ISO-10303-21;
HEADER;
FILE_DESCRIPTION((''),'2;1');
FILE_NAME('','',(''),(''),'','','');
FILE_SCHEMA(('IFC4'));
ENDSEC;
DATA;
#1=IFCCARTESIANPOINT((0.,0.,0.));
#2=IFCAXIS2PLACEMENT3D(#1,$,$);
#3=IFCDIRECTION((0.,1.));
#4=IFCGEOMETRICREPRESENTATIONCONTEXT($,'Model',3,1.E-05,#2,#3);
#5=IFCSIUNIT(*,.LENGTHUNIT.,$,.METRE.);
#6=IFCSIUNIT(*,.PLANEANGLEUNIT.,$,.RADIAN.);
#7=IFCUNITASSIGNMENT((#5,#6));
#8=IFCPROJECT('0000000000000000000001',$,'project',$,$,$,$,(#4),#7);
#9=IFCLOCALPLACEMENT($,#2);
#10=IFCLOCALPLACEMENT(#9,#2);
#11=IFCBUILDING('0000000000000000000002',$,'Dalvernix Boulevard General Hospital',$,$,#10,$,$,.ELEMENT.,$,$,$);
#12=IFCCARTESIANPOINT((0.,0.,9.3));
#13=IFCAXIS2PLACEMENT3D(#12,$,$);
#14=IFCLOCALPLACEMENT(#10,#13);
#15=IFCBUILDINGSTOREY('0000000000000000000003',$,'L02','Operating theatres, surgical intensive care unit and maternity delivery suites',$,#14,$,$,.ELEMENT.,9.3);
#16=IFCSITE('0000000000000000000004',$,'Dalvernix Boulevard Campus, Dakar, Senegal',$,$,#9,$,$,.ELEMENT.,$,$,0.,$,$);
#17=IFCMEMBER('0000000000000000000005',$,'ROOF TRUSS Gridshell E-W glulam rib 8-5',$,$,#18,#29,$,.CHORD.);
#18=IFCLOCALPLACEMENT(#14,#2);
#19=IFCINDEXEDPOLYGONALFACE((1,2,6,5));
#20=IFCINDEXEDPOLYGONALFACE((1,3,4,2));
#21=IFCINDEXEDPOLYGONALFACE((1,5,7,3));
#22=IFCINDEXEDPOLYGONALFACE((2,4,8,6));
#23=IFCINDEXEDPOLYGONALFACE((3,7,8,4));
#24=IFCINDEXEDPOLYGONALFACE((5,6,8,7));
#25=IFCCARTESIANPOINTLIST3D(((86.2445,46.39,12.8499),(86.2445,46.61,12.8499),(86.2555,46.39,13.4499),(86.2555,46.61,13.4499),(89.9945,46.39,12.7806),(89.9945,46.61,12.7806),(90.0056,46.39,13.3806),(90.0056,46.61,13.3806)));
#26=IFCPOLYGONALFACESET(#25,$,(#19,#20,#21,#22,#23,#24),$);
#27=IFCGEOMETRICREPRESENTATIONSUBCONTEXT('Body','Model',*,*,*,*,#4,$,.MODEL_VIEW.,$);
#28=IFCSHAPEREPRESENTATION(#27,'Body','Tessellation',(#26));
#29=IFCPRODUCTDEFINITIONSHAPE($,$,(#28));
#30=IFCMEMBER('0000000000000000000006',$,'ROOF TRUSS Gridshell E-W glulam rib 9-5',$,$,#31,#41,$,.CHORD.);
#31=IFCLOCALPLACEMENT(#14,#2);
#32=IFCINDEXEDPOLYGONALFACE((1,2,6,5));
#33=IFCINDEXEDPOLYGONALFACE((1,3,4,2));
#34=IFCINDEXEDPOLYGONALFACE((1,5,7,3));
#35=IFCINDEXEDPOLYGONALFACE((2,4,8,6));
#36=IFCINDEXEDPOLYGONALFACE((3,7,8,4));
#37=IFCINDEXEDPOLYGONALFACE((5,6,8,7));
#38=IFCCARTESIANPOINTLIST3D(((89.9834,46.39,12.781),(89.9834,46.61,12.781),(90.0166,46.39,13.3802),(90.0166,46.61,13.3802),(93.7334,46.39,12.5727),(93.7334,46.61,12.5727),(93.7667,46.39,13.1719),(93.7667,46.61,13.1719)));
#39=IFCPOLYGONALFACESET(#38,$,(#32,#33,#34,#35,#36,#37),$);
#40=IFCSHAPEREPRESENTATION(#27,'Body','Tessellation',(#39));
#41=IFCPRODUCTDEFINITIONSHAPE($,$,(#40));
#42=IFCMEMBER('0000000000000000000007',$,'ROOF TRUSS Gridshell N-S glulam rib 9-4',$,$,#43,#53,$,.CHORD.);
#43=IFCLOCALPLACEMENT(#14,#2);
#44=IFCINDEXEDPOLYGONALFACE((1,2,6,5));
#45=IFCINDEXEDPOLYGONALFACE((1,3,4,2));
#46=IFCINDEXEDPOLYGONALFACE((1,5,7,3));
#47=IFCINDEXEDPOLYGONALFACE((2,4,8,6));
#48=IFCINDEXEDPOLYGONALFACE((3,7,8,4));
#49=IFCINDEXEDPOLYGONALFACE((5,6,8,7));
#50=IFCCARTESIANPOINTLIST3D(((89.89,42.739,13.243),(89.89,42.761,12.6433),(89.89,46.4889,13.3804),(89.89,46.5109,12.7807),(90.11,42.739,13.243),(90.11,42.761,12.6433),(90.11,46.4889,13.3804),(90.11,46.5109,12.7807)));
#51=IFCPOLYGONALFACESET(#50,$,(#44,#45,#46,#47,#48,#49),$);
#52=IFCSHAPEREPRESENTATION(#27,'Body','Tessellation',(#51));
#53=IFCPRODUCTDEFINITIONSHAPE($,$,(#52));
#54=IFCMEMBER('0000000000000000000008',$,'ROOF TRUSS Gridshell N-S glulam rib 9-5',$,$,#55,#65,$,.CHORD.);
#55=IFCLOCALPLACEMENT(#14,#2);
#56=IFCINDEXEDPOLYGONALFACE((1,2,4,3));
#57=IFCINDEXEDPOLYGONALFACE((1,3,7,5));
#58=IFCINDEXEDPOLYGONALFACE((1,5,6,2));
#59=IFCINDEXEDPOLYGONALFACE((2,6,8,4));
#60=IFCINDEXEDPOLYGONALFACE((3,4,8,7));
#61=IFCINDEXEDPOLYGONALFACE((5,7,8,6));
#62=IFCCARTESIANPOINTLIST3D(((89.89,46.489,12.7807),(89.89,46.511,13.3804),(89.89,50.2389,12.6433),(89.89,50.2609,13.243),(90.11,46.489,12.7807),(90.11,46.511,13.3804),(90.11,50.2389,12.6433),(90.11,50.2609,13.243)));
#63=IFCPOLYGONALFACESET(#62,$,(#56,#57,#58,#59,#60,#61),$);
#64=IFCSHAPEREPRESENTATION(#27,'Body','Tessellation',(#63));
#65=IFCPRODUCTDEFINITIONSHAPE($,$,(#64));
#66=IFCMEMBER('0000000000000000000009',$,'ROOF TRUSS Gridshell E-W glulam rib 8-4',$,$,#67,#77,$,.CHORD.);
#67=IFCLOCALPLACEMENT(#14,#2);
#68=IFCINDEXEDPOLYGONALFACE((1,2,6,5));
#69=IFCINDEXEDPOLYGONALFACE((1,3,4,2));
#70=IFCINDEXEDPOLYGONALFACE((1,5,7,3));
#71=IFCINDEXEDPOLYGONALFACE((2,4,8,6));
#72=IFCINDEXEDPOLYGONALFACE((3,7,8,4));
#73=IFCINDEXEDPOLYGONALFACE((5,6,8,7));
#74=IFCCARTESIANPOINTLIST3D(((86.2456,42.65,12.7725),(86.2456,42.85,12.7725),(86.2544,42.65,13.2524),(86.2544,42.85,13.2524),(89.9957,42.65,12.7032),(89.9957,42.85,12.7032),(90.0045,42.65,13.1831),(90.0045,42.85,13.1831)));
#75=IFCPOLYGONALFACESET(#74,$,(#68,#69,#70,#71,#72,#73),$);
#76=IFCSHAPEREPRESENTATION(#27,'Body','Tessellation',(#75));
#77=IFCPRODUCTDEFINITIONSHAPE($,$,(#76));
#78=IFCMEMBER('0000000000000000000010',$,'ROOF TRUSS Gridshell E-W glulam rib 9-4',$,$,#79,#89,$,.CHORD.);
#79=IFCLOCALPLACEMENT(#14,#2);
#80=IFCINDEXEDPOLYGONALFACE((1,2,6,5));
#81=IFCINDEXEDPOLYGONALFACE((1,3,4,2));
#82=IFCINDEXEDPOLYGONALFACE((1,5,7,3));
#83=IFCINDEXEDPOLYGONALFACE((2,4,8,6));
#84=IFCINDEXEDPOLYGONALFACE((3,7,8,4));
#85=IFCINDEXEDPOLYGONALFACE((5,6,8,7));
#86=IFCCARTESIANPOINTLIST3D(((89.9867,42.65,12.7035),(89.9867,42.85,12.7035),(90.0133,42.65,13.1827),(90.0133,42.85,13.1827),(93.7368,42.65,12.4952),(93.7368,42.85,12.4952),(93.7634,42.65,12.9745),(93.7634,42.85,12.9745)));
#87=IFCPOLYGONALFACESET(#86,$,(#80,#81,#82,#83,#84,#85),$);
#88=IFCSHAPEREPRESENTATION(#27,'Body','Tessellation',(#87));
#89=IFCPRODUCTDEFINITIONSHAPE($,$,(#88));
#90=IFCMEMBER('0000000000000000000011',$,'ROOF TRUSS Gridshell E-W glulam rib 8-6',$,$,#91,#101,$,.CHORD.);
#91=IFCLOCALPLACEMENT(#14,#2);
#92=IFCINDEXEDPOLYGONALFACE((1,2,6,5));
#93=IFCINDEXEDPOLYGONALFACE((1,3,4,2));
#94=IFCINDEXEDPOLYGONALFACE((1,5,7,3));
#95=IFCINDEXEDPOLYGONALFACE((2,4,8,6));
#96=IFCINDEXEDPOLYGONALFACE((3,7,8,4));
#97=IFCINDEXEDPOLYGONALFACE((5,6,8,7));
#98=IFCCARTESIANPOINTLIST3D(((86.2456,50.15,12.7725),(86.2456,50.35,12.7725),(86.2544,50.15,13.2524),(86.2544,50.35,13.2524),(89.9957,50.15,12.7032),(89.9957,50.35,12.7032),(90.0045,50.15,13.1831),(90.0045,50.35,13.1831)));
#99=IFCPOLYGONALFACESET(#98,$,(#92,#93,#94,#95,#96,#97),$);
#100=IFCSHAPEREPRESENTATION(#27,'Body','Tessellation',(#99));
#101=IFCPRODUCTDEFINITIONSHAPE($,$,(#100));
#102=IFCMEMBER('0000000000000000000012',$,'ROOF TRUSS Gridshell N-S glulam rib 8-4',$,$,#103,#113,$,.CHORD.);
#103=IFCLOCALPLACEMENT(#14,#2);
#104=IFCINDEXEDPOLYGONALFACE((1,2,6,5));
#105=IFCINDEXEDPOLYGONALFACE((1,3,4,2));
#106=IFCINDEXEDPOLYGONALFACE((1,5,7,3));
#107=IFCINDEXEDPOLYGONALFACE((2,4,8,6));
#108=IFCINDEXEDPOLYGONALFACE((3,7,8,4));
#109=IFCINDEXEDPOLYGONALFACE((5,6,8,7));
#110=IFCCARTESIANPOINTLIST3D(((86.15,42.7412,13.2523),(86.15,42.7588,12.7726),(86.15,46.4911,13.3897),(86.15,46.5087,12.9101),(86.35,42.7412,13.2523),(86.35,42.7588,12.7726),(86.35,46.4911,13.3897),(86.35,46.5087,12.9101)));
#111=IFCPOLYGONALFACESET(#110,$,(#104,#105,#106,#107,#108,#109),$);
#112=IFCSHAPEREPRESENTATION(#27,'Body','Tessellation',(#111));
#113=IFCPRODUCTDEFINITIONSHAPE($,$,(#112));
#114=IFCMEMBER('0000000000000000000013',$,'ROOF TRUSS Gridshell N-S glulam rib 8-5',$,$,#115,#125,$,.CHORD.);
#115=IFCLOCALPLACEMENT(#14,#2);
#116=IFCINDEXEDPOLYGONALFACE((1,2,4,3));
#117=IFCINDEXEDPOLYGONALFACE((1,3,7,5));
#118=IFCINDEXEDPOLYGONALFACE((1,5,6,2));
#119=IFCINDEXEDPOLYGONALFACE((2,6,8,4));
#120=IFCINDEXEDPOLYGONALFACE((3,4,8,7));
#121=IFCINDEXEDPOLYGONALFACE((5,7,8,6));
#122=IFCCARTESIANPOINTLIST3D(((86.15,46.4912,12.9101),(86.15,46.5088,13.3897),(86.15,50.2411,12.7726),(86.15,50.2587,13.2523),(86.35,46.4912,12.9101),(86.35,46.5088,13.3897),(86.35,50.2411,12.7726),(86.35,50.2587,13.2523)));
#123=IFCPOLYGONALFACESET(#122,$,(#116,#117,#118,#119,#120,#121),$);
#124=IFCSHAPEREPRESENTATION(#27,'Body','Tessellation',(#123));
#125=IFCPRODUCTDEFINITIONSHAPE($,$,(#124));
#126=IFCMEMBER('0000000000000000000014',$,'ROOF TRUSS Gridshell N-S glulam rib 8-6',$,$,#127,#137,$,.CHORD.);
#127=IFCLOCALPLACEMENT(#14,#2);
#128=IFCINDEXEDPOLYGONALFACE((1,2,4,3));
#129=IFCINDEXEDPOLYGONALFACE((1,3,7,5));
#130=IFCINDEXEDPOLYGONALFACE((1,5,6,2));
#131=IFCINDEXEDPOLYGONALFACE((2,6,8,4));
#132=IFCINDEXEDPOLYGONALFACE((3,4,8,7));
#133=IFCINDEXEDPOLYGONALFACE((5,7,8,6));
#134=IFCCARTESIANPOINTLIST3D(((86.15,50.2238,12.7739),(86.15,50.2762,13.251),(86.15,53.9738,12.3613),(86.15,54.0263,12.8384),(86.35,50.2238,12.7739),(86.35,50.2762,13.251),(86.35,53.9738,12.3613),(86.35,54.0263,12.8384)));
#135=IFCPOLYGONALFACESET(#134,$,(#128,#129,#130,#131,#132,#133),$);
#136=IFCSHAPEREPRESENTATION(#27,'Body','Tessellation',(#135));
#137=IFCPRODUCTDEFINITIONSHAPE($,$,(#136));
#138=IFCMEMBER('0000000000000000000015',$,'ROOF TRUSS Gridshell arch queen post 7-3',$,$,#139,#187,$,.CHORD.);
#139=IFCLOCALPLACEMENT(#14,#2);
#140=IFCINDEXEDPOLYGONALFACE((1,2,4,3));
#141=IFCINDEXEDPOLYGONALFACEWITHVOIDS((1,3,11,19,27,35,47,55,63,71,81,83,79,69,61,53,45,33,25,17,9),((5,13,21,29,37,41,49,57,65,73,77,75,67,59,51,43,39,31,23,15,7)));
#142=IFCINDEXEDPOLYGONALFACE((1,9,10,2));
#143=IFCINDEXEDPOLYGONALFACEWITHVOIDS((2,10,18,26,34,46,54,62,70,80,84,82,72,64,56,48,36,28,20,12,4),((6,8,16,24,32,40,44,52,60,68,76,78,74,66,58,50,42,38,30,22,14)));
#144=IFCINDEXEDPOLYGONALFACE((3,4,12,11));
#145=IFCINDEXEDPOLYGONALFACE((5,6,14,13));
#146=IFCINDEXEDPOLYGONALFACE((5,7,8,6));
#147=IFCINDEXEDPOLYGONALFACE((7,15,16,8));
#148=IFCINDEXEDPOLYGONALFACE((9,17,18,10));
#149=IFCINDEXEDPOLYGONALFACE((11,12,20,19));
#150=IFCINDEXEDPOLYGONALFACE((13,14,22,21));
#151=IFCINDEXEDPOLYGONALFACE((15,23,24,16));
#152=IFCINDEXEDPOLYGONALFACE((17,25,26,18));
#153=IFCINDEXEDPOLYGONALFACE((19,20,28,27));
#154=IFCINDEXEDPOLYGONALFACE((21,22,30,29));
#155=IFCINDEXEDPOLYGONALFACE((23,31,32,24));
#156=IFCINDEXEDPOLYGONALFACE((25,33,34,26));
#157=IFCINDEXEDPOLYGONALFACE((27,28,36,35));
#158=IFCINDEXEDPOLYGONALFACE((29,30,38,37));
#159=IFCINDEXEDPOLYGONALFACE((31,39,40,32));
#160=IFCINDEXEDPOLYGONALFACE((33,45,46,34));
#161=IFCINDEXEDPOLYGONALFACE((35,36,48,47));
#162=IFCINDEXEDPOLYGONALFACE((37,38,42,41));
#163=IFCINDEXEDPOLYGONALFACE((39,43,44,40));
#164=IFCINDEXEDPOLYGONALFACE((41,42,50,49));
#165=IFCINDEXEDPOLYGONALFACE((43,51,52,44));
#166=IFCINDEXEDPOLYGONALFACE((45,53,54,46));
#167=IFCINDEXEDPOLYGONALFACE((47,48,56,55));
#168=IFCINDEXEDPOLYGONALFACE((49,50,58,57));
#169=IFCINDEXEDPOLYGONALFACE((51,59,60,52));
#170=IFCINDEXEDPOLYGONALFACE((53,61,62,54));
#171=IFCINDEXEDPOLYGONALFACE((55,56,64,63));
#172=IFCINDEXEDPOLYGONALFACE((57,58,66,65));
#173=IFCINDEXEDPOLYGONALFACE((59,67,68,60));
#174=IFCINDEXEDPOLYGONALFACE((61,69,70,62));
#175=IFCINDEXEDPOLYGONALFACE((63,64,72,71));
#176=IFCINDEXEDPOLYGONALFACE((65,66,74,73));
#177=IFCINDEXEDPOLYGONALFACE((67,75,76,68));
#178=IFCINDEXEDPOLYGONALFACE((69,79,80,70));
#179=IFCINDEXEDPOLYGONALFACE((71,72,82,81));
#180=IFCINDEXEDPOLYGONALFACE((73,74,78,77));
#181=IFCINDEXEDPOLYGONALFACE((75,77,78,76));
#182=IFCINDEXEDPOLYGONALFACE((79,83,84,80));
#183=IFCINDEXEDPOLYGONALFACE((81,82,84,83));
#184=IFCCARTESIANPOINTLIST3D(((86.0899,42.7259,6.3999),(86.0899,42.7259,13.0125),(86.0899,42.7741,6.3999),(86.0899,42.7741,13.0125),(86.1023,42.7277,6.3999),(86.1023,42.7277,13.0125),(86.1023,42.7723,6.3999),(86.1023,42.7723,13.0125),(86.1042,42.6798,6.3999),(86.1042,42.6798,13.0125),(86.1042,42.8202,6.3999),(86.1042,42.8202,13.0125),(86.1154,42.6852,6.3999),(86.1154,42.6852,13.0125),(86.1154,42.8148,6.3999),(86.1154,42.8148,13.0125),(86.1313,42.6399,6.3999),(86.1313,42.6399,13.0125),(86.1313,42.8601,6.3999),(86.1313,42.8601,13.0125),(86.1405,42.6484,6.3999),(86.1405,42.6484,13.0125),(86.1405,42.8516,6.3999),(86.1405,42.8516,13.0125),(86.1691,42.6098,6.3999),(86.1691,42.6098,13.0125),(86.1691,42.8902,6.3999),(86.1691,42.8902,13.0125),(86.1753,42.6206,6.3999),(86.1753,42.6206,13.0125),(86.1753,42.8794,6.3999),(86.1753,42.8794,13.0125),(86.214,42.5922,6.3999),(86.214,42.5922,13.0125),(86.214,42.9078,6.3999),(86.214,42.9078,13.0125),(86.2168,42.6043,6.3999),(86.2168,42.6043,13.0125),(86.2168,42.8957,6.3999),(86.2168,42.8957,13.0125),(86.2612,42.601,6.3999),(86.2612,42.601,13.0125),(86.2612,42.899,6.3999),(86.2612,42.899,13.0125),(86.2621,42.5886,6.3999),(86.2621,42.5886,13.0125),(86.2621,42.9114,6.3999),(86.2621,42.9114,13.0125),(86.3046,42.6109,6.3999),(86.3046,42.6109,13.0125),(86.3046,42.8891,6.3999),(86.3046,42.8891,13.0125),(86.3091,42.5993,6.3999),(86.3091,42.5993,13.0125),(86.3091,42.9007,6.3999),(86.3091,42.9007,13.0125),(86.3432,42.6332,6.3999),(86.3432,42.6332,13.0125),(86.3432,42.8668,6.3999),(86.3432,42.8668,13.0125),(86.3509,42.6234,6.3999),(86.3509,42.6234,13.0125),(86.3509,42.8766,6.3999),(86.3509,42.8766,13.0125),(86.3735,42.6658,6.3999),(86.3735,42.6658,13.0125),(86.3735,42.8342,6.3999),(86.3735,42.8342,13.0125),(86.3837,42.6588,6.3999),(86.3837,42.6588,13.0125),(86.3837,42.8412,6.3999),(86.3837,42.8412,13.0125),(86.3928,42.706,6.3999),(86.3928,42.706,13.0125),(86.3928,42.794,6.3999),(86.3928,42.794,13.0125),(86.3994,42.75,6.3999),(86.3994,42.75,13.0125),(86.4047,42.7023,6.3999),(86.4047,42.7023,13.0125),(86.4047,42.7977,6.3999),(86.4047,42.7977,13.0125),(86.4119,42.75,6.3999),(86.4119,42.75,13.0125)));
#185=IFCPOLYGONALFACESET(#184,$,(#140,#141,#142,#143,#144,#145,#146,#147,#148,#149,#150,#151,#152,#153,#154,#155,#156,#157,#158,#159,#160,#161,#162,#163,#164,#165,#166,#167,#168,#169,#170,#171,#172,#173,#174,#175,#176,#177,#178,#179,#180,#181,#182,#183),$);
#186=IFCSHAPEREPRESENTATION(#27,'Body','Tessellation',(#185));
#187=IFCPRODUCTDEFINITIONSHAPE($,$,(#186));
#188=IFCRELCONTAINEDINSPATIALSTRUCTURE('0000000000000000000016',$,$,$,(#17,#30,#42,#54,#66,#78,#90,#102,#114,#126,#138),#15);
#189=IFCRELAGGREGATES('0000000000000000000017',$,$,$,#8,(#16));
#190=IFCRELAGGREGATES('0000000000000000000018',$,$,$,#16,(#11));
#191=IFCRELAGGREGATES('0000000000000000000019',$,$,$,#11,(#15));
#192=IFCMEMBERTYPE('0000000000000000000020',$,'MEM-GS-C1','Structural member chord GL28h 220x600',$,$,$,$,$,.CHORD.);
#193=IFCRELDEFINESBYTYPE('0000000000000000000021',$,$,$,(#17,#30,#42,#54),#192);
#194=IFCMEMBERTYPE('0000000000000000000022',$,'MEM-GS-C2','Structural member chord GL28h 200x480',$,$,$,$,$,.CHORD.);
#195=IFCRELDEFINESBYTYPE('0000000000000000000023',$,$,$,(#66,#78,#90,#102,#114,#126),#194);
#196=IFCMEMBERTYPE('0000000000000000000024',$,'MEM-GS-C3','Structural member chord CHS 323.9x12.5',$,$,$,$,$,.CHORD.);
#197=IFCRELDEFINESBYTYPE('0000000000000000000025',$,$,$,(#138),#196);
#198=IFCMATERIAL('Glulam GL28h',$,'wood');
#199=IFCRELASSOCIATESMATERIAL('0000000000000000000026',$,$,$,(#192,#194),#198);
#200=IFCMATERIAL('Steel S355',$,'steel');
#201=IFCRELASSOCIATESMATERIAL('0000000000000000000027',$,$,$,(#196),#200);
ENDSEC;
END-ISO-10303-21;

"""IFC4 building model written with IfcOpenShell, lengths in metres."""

from ifc_helpers import new_model, si_unit, direction, frame, origin, origin_2d, place, context, subcontext, project, spatial, rectangle, hollow_circle, extrude, material, material_profile, profile_set, type_object, element, save


model = new_model("IFC4")

# Units and contexts
model_context = context("Model", 3, precision=1e-05, world=origin(), true_north=direction((0.0, 1.0)))
body_context = subcontext(model_context, "Body", "Model", "MODEL_VIEW")
ifc_project = project(units=[si_unit("LENGTHUNIT", "METRE"), si_unit("PLANEANGLEUNIT", "RADIAN")], contexts=[model_context])

# Site, building, storey
site_placement = place(None, origin())
site = spatial("IfcSite", under=ifc_project, at=site_placement, Name="Dalvernix Boulevard Campus, Dakar, Senegal", CompositionType="ELEMENT", RefElevation=0.0)
building_placement = place(site_placement, origin())
building = spatial("IfcBuilding", under=site, at=building_placement, Name="Dalvernix Boulevard General Hospital", CompositionType="ELEMENT")
storey_placement = place(building_placement, frame((0.0, 0.0, 9.3)))
storey = spatial("IfcBuildingStorey", under=building, at=storey_placement, Name="L02", Description="Operating theatres, surgical intensive care unit and maternity delivery suites", CompositionType="ELEMENT", Elevation=9.3)

# Members
ifc_material_1 = material(Name="Glulam GL28h", Category="wood")
ifc_material_profile_1 = material_profile(ifc_material_1, rectangle(XDim=0.22, YDim=0.6001, at=origin_2d()), Name="GL28h 220x600")
ifc_profile_set_1 = profile_set([ifc_material_profile_1], Name="Glulam GL28h")
member_type_1 = type_object("IfcMemberType", Name="MEM-GS-C1", Description="Structural member chord GL28h 220x600", PredefinedType="CHORD", material=ifc_profile_set_1)
member_1_placement = place(storey_placement, frame((86.25, 46.5, 13.1499), z_axis=(0.999829, 0.0, -0.018486), x_axis=(0.0, 1.0, 0.0)))
element("IfcMember", 1, at=member_1_placement, inside=storey, type_object=member_type_1, Name="ROOF TRUSS Gridshell E-W glulam rib 8-5", PredefinedType="CHORD", context=body_context, shape_type="SweptSolid", body=[
    extrude(rectangle(XDim=0.22, YDim=0.6001, at=origin_2d()), origin(), (0.0, 0.0, 1.0), 3.7507),
])
member_2_placement = place(storey_placement, frame((90.0, 46.5, 13.0806), z_axis=(0.998462, 0.0, -0.055448), x_axis=(0.0, 1.0, 0.0)))
element("IfcMember", 2, at=member_2_placement, inside=storey, type_object=member_type_1, Name="ROOF TRUSS Gridshell E-W glulam rib 9-5", PredefinedType="CHORD", context=body_context, shape_type="SweptSolid", body=[
    extrude(rectangle(XDim=0.22, YDim=0.6001, at=origin_2d()), origin(), (0.0, 0.0, 1.0), 3.7559),
])
for number, where, z_axis, x_axis, name in (
    (3, (90.0, 42.75, 12.9431), (0.0, 0.999329, 0.036629), (-1.0, 0.0, 0.0), "ROOF TRUSS Gridshell N-S glulam rib 9-4"),
    (4, (90.0, 46.5, 13.0806), (0.0, 0.999329, -0.036629), (-1.0, 0.0, 0.0), "ROOF TRUSS Gridshell N-S glulam rib 9-5"),
):
    element("IfcMember", number, at=place(storey_placement, frame(where, z_axis=z_axis, x_axis=x_axis)), inside=storey, type_object=member_type_1, Name=name, PredefinedType="CHORD", context=body_context, shape_type="SweptSolid", body=[
        extrude(rectangle(XDim=0.22, YDim=0.6001, at=origin_2d()), origin(), (0.0, 0.0, 1.0), 3.7524),
    ])
ifc_material_profile_2 = material_profile(ifc_material_1, rectangle(XDim=0.2, YDim=0.48, at=origin_2d()), Name="GL28h 200x480")
ifc_profile_set_2 = profile_set([ifc_material_profile_2], Name="Glulam GL28h")
member_type_2 = type_object("IfcMemberType", Name="MEM-GS-C2", Description="Structural member chord GL28h 200x480", PredefinedType="CHORD", material=ifc_profile_set_2)
member_3_placement = place(storey_placement, frame((86.25, 42.75, 13.0125), z_axis=(0.999829, 0.0, -0.018486), x_axis=(0.0, 1.0, 0.0)))
element("IfcMember", 5, at=member_3_placement, inside=storey, type_object=member_type_2, Name="ROOF TRUSS Gridshell E-W glulam rib 8-4", PredefinedType="CHORD", context=body_context, shape_type="SweptSolid", body=[
    extrude(rectangle(XDim=0.2, YDim=0.48, at=origin_2d()), origin(), (0.0, 0.0, 1.0), 3.7507),
])
member_4_placement = place(storey_placement, frame((90.0, 42.75, 12.9431), z_axis=(0.998462, 0.0, -0.055448), x_axis=(0.0, 1.0, 0.0)))
element("IfcMember", 6, at=member_4_placement, inside=storey, type_object=member_type_2, Name="ROOF TRUSS Gridshell E-W glulam rib 9-4", PredefinedType="CHORD", context=body_context, shape_type="SweptSolid", body=[
    extrude(rectangle(XDim=0.2, YDim=0.48, at=origin_2d()), origin(), (0.0, 0.0, 1.0), 3.7559),
])
member_5_placement = place(storey_placement, frame((86.25, 50.25, 13.0125), z_axis=(0.999829, 0.0, -0.018486), x_axis=(0.0, 1.0, 0.0)))
element("IfcMember", 7, at=member_5_placement, inside=storey, type_object=member_type_2, Name="ROOF TRUSS Gridshell E-W glulam rib 8-6", PredefinedType="CHORD", context=body_context, shape_type="SweptSolid", body=[
    extrude(rectangle(XDim=0.2, YDim=0.48, at=origin_2d()), origin(), (0.0, 0.0, 1.0), 3.7507),
])
for number, where, z_axis, x_axis, name in (
    (8, (86.25, 42.75, 13.0125), (0.0, 0.999329, 0.036629), (-1.0, 0.0, 0.0), "ROOF TRUSS Gridshell N-S glulam rib 8-4"),
    (9, (86.25, 46.5, 13.1499), (0.0, 0.999329, -0.036629), (-1.0, 0.0, 0.0), "ROOF TRUSS Gridshell N-S glulam rib 8-5"),
):
    element("IfcMember", number, at=place(storey_placement, frame(where, z_axis=z_axis, x_axis=x_axis)), inside=storey, type_object=member_type_2, Name=name, PredefinedType="CHORD", context=body_context, shape_type="SweptSolid", body=[
        extrude(rectangle(XDim=0.2, YDim=0.48, at=origin_2d()), origin(), (0.0, 0.0, 1.0), 3.7524),
    ])
member_6_placement = place(storey_placement, frame((86.25, 50.25, 13.0125), z_axis=(0.0, 0.994002, -0.109366), x_axis=(-1.0, 0.0, 0.0)))
element("IfcMember", 10, at=member_6_placement, inside=storey, type_object=member_type_2, Name="ROOF TRUSS Gridshell N-S glulam rib 8-6", PredefinedType="CHORD", context=body_context, shape_type="SweptSolid", body=[
    extrude(rectangle(XDim=0.2, YDim=0.48, at=origin_2d()), origin(), (0.0, 0.0, 1.0), 3.7727),
])
ifc_material_2 = material(Name="Steel S355", Category="steel")
ifc_material_profile_3 = material_profile(ifc_material_2, hollow_circle(Radius=0.1619, WallThickness=0.0125, at=origin_2d()), Name="CHS 323.9x12.5")
ifc_profile_set_3 = profile_set([ifc_material_profile_3], Name="Steel S355")
member_type_3 = type_object("IfcMemberType", Name="MEM-GS-C3", Description="Structural member chord CHS 323.9x12.5", PredefinedType="CHORD", material=ifc_profile_set_3)
member_7_placement = place(storey_placement, frame((86.25, 42.75, 6.3999), z_axis=(0.0, 0.0, 1.0), x_axis=(1.0, 0.0, 0.0)))
element("IfcMember", 11, at=member_7_placement, inside=storey, type_object=member_type_3, Name="ROOF TRUSS Gridshell arch queen post 7-3", PredefinedType="CHORD", context=body_context, shape_type="SweptSolid", body=[
    extrude(hollow_circle(Radius=0.1619, WallThickness=0.0125, at=origin_2d()), origin(), (0.0, 0.0, 1.0), 6.6125),
])

save(model, "model.ifc")
